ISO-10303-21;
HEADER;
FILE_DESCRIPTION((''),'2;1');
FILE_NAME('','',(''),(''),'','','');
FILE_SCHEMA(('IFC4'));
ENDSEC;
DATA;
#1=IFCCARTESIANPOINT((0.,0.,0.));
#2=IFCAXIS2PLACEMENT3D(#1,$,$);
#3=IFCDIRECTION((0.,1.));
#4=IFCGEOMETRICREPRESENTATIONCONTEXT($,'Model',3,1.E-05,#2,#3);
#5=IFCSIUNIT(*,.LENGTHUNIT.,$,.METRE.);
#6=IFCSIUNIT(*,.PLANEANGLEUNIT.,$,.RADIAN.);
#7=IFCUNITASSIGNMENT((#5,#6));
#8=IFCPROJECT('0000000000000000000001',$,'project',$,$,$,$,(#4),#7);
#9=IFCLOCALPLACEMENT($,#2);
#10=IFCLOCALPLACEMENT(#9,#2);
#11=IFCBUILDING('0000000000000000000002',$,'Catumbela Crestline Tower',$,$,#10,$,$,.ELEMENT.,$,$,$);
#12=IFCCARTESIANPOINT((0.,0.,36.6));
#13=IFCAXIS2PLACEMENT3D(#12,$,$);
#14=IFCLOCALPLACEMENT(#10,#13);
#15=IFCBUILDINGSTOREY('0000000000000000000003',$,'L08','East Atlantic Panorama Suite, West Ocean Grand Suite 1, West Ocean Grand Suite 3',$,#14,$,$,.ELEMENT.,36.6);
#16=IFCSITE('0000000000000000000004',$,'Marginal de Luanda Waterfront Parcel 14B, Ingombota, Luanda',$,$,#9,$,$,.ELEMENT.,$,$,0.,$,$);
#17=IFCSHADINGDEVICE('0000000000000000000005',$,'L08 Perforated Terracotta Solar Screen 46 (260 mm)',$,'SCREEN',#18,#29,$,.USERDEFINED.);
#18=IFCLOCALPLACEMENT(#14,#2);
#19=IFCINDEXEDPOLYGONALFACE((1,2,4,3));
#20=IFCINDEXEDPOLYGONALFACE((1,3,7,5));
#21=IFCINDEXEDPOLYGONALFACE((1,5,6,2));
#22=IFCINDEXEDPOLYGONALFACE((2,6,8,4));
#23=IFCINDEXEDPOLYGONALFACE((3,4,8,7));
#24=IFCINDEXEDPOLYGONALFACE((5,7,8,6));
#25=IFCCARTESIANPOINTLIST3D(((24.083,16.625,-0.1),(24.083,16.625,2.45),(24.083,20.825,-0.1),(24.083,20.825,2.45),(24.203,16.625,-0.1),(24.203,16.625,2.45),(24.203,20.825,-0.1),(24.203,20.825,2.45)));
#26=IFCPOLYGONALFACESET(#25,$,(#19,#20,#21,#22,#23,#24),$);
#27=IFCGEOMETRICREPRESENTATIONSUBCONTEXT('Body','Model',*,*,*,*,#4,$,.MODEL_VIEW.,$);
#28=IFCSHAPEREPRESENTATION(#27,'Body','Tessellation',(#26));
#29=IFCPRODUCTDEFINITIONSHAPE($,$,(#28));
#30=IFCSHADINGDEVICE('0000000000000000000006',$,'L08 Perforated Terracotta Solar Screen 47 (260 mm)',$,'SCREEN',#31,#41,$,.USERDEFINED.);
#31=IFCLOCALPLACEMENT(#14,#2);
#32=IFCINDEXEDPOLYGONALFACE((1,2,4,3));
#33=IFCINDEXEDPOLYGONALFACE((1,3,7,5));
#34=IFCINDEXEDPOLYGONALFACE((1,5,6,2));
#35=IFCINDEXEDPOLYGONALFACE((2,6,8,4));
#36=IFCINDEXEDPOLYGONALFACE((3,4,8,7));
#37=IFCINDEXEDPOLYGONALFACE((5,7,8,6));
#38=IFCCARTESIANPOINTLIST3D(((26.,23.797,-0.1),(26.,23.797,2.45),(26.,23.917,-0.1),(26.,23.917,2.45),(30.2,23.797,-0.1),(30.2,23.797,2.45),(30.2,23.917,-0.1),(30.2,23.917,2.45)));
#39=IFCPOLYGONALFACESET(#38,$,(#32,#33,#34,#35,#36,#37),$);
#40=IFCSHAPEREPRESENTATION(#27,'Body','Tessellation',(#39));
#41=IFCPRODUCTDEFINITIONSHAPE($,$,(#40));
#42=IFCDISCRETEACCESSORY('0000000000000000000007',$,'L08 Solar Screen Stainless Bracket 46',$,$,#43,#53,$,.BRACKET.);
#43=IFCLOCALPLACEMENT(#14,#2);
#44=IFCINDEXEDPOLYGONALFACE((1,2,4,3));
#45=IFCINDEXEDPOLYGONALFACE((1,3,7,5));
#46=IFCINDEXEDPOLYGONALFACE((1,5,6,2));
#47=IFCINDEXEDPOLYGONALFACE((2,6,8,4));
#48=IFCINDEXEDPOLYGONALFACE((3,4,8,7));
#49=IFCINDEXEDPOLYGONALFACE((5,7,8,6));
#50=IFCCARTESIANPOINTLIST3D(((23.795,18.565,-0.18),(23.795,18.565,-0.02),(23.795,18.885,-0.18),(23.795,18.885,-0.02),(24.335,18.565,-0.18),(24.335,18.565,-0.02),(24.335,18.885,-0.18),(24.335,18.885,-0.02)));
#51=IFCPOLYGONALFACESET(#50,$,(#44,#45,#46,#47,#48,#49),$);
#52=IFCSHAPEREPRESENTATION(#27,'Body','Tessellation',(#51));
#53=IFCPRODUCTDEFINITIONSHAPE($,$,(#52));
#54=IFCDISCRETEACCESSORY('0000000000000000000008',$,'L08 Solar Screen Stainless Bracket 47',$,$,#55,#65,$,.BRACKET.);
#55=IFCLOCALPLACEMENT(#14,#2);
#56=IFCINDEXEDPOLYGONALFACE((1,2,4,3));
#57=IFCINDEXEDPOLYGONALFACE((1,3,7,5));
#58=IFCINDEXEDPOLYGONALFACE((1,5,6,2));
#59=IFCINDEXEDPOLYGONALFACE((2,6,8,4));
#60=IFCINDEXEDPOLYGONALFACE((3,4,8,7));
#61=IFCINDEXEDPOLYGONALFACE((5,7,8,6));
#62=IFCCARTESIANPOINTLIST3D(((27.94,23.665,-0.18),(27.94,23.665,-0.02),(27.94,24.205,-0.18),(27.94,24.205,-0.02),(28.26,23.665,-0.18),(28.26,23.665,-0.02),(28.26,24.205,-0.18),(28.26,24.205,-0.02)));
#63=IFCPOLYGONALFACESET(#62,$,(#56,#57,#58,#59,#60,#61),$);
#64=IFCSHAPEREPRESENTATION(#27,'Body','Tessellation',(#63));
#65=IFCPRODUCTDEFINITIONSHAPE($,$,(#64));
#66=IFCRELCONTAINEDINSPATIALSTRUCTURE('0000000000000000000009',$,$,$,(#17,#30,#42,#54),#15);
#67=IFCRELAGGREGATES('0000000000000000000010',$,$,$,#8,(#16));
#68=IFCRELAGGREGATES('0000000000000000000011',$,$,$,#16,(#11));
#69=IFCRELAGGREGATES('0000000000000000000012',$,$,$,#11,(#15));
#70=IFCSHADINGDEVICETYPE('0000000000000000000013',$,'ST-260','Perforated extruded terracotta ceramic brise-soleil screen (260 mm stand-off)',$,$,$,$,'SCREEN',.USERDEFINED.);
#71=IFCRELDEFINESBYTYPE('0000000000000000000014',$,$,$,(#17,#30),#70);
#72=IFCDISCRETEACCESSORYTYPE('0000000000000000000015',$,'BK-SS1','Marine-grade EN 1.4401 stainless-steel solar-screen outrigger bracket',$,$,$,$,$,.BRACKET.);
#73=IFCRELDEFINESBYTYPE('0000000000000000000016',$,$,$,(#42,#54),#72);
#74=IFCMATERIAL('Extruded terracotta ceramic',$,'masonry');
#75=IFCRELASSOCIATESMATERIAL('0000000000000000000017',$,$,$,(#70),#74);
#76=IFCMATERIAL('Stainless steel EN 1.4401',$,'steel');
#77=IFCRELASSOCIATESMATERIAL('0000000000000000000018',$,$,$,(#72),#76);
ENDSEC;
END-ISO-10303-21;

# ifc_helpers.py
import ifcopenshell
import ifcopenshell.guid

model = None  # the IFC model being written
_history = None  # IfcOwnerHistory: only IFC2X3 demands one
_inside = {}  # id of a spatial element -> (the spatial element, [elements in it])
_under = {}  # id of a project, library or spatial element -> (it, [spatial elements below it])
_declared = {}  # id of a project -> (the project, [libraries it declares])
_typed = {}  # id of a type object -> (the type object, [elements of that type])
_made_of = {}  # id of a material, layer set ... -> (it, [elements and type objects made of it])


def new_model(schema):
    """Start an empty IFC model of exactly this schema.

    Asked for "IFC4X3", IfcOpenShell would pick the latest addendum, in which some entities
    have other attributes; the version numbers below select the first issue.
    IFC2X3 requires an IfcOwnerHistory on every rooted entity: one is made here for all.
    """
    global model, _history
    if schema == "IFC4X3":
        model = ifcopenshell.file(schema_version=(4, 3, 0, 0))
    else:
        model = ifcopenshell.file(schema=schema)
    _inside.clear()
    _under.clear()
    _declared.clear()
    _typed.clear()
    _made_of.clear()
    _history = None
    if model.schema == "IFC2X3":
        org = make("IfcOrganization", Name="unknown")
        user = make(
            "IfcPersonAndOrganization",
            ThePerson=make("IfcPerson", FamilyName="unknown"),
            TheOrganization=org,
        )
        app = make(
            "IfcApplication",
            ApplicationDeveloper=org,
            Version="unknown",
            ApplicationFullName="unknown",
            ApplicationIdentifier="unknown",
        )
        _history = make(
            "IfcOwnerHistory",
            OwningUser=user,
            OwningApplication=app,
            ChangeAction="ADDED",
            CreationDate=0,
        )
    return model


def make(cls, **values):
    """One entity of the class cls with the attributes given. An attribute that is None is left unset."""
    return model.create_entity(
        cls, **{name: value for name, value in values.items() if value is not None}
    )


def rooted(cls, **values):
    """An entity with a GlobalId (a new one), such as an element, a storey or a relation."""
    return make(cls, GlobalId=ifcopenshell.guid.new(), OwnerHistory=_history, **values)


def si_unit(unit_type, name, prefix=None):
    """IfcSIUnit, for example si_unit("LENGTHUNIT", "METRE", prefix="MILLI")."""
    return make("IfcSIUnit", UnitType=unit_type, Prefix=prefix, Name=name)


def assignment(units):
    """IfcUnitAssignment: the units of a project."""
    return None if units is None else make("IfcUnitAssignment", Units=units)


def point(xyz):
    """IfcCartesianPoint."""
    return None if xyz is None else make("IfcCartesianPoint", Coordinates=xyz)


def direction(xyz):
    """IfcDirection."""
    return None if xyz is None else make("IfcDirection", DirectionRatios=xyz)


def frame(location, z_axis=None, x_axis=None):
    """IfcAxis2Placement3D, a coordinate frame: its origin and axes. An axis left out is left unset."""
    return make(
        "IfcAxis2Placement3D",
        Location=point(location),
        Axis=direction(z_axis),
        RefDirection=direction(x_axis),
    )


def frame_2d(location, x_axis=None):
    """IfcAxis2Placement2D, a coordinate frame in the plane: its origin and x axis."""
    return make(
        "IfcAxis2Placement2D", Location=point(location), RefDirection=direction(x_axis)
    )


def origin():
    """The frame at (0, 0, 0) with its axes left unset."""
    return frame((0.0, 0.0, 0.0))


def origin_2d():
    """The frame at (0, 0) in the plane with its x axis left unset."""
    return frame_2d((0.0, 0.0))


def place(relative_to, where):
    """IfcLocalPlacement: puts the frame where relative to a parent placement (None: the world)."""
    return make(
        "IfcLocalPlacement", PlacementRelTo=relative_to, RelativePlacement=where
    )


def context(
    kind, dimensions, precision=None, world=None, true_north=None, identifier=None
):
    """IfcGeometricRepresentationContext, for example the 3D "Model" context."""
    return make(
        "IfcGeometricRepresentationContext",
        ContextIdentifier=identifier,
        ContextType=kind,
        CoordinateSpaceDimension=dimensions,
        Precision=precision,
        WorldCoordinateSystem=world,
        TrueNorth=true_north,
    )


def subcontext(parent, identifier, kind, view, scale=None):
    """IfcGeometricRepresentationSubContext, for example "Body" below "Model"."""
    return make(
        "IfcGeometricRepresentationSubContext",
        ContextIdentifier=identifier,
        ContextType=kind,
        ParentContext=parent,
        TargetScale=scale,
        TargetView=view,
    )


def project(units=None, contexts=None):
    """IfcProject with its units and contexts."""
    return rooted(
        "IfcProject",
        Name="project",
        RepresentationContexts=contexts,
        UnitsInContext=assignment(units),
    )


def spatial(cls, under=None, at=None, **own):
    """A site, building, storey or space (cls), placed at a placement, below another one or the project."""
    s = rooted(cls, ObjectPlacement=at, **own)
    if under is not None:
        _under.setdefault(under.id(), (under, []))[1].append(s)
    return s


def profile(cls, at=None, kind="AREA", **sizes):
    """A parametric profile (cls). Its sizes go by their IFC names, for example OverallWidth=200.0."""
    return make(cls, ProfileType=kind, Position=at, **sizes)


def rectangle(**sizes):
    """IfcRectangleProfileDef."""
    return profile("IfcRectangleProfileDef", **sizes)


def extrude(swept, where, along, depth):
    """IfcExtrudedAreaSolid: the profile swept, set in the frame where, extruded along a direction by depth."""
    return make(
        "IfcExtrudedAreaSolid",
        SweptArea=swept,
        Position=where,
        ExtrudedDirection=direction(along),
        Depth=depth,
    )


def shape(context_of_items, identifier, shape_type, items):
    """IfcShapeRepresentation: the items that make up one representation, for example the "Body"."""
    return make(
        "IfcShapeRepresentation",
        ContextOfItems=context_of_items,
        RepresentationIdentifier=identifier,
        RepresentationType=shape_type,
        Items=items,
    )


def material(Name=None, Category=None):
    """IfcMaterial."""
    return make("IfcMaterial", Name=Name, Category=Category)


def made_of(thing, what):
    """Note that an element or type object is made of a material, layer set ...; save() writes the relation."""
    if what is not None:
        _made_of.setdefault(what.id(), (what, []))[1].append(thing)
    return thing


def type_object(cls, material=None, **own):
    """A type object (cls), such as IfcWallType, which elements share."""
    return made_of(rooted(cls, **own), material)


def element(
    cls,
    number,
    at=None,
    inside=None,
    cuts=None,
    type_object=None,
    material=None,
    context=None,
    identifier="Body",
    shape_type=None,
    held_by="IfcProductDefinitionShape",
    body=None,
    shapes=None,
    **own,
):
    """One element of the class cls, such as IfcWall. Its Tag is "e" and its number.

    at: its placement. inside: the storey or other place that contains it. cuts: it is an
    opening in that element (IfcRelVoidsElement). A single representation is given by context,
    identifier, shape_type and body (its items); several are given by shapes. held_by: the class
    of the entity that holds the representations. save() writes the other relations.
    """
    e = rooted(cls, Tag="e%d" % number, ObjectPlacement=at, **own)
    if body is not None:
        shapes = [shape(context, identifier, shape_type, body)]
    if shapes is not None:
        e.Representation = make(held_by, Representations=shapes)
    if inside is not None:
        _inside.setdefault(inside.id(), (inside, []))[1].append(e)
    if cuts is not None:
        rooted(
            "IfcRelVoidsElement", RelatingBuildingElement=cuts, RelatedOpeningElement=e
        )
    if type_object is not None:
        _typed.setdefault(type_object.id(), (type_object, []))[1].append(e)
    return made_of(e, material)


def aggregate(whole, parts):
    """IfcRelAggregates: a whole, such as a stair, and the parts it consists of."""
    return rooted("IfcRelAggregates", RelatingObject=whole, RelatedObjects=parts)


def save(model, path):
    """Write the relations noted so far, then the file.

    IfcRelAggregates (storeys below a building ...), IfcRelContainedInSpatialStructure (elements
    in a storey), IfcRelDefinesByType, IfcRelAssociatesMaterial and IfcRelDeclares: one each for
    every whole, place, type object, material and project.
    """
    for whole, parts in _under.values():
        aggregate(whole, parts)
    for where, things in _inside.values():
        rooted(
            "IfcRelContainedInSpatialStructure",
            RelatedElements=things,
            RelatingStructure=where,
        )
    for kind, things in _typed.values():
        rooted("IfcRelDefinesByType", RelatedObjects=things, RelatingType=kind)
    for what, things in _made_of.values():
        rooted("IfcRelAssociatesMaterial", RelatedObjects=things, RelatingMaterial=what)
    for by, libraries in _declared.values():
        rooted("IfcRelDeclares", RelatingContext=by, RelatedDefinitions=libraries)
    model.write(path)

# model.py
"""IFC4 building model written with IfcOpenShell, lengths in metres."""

from ifc_helpers import new_model, si_unit, direction, frame, origin, origin_2d, place, context, subcontext, project, spatial, rectangle, extrude, material, type_object, element, save


model = new_model("IFC4")

# Units and contexts
model_context = context("Model", 3, precision=1e-05, world=origin(), true_north=direction((0.0, 1.0)))
body_context = subcontext(model_context, "Body", "Model", "MODEL_VIEW")
ifc_project = project(units=[si_unit("LENGTHUNIT", "METRE"), si_unit("PLANEANGLEUNIT", "RADIAN")], contexts=[model_context])

# Site, building, storey
site_placement = place(None, origin())
site = spatial("IfcSite", under=ifc_project, at=site_placement, Name="Marginal de Luanda Waterfront Parcel 14B, Ingombota, Luanda", CompositionType="ELEMENT", RefElevation=0.0)
building_placement = place(site_placement, origin())
building = spatial("IfcBuilding", under=site, at=building_placement, Name="Catumbela Crestline Tower", CompositionType="ELEMENT")
storey_placement = place(building_placement, frame((0.0, 0.0, 36.6)))
storey = spatial("IfcBuildingStorey", under=building, at=storey_placement, Name="L08", Description="East Atlantic Panorama Suite, West Ocean Grand Suite 1, West Ocean Grand Suite 3", CompositionType="ELEMENT", Elevation=36.6)

# Shared definitions
ifc_material_1 = material(Name="Stainless steel EN 1.4401", Category="steel")

# Shading devices
ifc_material_2 = material(Name="Extruded terracotta ceramic", Category="masonry")
shading_device_type = type_object("IfcShadingDeviceType", Name="ST-260", Description="Perforated extruded terracotta ceramic brise-soleil screen (260 mm stand-off)", ElementType="SCREEN", PredefinedType="USERDEFINED", material=ifc_material_2)
for number, where, z_axis, x_axis, name in (
    (1, (24.143, 18.725, -0.1), (0.0, 0.0, 1.0), (0.0, 1.0, 0.0), "L08 Perforated Terracotta Solar Screen 46 (260 mm)"),
    (2, (28.1, 23.857, -0.1), (0.0, 0.0, 1.0), (1.0, 0.0, 0.0), "L08 Perforated Terracotta Solar Screen 47 (260 mm)"),
):
    element("IfcShadingDevice", number, at=place(storey_placement, frame(where, z_axis=z_axis, x_axis=x_axis)), inside=storey, type_object=shading_device_type, Name=name, ObjectType="SCREEN", PredefinedType="USERDEFINED", context=body_context, shape_type="SweptSolid", body=[
        extrude(rectangle(XDim=4.2, YDim=0.12, at=origin_2d()), origin(), (0.0, 0.0, 1.0), 2.55),
    ])

# Discrete accessories
discrete_accessory_type = type_object("IfcDiscreteAccessoryType", Name="BK-SS1", Description="Marine-grade EN 1.4401 stainless-steel solar-screen outrigger bracket", PredefinedType="BRACKET", material=ifc_material_1)
for number, where, z_axis, x_axis, name in (
    (3, (24.065, 18.725, -0.18), (0.0, 0.0, 1.0), (0.0, 1.0, 0.0), "L08 Solar Screen Stainless Bracket 46"),
    (4, (28.1, 23.935, -0.18), (0.0, 0.0, 1.0), (1.0, 0.0, 0.0), "L08 Solar Screen Stainless Bracket 47"),
):
    element("IfcDiscreteAccessory", number, at=place(storey_placement, frame(where, z_axis=z_axis, x_axis=x_axis)), inside=storey, type_object=discrete_accessory_type, Name=name, PredefinedType="BRACKET", context=body_context, shape_type="SweptSolid", body=[
        extrude(rectangle(XDim=0.32, YDim=0.54, at=origin_2d()), origin(), (0.0, 0.0, 1.0), 0.16),
    ])

save(model, "model.ifc")
